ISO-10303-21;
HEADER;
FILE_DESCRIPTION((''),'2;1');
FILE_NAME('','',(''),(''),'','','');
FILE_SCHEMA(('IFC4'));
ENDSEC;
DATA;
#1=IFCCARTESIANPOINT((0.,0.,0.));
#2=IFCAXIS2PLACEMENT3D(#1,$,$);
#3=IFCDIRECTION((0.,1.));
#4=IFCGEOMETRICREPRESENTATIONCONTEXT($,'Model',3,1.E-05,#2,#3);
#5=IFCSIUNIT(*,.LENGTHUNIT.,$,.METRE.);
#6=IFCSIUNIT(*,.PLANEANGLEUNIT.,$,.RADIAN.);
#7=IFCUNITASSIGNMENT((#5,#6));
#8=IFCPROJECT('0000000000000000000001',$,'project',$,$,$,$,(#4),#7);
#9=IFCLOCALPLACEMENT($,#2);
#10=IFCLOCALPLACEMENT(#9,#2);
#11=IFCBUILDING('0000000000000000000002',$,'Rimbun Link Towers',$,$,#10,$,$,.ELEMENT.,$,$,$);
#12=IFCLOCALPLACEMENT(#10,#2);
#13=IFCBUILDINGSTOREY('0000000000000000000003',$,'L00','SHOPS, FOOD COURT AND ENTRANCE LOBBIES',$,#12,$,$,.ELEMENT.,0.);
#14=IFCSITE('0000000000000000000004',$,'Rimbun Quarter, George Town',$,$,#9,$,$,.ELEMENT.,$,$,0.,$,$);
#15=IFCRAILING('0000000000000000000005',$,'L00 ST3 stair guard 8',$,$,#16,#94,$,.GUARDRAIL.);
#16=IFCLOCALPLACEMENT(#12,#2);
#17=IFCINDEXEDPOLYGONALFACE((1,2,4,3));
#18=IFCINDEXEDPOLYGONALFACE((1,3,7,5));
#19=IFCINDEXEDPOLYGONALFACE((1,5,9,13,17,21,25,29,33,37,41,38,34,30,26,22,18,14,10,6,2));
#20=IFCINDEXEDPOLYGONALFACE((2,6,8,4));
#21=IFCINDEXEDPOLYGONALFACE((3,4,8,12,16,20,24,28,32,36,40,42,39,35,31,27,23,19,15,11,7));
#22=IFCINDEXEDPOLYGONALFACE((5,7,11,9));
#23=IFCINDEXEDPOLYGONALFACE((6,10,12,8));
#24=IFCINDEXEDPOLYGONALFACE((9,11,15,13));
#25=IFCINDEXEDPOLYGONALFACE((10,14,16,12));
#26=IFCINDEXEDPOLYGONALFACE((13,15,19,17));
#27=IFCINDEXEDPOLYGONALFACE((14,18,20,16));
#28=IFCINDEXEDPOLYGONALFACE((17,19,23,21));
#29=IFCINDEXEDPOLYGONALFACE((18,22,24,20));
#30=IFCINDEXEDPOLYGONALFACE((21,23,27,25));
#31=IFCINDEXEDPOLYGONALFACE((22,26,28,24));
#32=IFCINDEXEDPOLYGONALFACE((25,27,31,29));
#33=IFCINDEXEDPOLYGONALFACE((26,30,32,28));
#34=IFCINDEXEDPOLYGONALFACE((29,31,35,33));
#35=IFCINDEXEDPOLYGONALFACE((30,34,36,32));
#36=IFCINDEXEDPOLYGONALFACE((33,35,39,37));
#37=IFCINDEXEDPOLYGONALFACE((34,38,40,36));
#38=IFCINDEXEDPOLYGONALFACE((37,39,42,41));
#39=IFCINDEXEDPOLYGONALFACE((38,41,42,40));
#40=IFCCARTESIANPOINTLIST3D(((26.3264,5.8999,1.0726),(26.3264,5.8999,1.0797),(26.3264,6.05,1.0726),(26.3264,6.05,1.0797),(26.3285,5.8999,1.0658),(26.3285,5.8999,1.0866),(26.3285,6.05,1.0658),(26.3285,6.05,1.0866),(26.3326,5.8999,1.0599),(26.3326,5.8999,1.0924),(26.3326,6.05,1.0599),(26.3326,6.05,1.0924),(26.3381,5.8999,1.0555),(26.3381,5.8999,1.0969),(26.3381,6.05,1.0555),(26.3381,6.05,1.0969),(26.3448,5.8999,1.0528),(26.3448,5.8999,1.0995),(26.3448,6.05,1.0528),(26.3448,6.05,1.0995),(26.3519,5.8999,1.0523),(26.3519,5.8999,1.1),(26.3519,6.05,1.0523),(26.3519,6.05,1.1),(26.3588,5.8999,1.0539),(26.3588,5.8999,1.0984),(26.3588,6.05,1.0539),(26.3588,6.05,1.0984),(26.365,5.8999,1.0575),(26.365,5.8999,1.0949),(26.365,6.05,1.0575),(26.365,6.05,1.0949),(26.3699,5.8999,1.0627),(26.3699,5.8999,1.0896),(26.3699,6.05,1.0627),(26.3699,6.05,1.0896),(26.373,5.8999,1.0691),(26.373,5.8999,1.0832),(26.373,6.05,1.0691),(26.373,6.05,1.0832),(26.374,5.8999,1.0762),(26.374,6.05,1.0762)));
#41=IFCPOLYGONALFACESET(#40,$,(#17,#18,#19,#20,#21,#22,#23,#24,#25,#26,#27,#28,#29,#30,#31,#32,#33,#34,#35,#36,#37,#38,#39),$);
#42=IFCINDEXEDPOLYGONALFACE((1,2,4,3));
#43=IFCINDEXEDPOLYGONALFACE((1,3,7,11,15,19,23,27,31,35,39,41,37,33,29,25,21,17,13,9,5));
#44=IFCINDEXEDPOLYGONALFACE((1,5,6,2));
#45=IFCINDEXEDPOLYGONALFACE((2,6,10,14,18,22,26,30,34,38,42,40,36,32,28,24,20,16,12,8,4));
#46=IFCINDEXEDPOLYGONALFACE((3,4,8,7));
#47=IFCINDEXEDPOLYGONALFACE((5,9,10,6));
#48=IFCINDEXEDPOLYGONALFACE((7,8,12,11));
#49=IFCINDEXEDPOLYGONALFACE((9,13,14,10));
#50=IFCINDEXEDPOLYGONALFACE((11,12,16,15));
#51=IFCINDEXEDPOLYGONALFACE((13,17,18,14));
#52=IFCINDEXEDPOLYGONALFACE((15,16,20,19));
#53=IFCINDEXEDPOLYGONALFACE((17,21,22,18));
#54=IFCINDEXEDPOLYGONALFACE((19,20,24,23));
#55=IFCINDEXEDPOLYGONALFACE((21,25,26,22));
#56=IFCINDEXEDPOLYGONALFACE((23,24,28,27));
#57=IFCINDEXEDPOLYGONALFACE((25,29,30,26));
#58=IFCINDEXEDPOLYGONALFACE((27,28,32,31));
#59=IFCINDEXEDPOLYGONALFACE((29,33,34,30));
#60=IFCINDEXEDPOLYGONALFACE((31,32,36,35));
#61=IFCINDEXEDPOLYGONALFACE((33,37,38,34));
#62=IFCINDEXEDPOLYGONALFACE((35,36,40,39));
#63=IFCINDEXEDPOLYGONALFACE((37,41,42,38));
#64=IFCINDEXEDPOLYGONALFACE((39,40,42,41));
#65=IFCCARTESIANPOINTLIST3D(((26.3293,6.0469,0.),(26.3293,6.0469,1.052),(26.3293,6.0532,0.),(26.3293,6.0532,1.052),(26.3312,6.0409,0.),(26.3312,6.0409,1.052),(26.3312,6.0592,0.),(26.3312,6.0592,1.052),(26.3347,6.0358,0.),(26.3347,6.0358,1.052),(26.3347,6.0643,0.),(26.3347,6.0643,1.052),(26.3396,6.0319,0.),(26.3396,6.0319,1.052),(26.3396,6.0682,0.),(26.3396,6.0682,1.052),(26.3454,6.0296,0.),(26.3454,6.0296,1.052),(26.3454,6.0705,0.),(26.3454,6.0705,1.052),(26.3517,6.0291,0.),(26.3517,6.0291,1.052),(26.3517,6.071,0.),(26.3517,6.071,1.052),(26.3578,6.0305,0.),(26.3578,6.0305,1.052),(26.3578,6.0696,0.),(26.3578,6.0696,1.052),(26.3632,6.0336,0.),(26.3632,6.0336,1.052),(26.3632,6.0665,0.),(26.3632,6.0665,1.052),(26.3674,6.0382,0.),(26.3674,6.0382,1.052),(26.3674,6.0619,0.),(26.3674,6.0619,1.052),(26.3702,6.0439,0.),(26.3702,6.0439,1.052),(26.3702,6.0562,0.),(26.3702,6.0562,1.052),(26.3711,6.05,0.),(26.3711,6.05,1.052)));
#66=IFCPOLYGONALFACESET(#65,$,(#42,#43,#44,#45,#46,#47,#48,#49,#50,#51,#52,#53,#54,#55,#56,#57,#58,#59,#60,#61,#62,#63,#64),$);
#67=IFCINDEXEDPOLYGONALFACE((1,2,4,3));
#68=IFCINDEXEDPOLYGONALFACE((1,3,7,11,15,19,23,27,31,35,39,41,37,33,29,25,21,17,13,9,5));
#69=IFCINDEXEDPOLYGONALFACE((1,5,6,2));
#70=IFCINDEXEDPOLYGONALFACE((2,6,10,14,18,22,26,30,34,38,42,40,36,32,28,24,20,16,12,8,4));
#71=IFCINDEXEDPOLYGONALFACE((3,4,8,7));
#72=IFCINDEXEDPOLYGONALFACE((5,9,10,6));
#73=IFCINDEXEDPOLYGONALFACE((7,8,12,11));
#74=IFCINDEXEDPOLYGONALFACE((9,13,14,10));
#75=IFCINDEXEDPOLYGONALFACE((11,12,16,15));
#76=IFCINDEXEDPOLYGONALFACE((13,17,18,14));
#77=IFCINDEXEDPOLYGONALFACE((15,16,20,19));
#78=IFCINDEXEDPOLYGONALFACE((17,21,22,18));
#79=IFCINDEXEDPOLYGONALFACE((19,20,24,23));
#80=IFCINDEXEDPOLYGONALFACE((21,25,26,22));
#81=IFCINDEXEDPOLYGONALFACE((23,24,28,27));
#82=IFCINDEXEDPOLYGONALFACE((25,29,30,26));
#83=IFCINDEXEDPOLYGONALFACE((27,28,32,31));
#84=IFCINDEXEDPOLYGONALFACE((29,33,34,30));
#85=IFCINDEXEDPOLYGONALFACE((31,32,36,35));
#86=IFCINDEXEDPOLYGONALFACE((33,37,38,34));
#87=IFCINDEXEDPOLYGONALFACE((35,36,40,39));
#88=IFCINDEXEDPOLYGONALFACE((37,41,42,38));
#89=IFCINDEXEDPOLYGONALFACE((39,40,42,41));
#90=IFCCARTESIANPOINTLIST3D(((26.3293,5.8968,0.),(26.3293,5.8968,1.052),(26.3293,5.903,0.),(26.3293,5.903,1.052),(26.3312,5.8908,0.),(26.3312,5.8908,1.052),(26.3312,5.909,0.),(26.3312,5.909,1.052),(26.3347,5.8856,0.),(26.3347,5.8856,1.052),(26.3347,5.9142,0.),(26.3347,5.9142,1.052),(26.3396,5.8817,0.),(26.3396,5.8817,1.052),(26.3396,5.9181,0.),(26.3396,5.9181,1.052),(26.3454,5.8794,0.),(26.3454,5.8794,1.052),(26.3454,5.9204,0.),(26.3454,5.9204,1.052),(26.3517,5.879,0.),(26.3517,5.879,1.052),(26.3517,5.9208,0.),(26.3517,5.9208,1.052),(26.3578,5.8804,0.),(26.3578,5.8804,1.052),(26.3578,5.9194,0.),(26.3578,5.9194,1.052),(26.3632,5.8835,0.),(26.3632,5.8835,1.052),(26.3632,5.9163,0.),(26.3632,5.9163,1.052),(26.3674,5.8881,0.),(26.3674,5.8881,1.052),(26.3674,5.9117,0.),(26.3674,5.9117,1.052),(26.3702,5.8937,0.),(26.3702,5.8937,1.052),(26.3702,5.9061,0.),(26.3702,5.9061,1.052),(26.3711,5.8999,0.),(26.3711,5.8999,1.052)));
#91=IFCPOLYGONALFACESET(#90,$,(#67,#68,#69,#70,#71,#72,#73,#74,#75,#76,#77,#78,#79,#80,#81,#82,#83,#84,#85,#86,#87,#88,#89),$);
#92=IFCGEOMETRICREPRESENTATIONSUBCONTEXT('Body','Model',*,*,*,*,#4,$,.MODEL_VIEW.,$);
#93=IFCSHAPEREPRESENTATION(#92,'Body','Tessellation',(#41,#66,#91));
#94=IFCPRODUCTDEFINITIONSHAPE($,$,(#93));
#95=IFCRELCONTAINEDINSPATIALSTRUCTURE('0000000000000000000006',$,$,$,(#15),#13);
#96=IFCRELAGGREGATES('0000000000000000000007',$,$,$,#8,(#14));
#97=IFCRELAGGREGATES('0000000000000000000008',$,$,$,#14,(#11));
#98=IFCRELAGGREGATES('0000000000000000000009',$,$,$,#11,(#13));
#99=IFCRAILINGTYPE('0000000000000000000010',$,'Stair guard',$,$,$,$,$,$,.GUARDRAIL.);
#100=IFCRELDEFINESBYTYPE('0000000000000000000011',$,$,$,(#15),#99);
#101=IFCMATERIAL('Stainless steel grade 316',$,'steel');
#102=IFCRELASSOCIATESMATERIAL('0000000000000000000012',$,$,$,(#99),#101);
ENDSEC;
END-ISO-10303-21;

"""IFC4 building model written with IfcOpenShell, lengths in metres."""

from ifc_helpers import new_model, si_unit, direction, frame, origin, origin_2d, place, context, subcontext, project, spatial, circle, extrude, material, type_object, element, save


model = new_model("IFC4")

# Units and contexts
model_context = context("Model", 3, precision=1e-05, world=origin(), true_north=direction((0.0, 1.0)))
body_context = subcontext(model_context, "Body", "Model", "MODEL_VIEW")
ifc_project = project(units=[si_unit("LENGTHUNIT", "METRE"), si_unit("PLANEANGLEUNIT", "RADIAN")], contexts=[model_context])

# Site, building, storey
site_placement = place(None, origin())
site = spatial("IfcSite", under=ifc_project, at=site_placement, Name="Rimbun Quarter, George Town", CompositionType="ELEMENT", RefElevation=0.0)
building_placement = place(site_placement, origin())
building = spatial("IfcBuilding", under=site, at=building_placement, Name="Rimbun Link Towers", CompositionType="ELEMENT")
storey_placement = place(building_placement, origin())
storey = spatial("IfcBuildingStorey", under=building, at=storey_placement, Name="L00", Description="SHOPS, FOOD COURT AND ENTRANCE LOBBIES", CompositionType="ELEMENT", Elevation=0.0)

# Railing
ifc_material_1 = material(Name="Stainless steel grade 316", Category="steel")
railing_type_1 = type_object("IfcRailingType", Name="Stair guard", PredefinedType="GUARDRAIL", material=ifc_material_1)
railing_1_placement = place(storey_placement, frame((26.3501, 6.05, 0.0)))
element("IfcRailing", 1, at=railing_1_placement, inside=storey, type_object=railing_type_1, Name="L00 ST3 stair guard 8", PredefinedType="GUARDRAIL", context=body_context, shape_type="SweptSolid", body=[
    extrude(circle(Radius=0.0239, at=origin_2d()), frame((0.0, 0.0, 1.0762), z_axis=(0.0, -1.0, 0.0), x_axis=(1.0, 0.0, 0.0)), (0.0, 0.0, 1.0), 0.1501),
    extrude(circle(Radius=0.021, at=origin_2d()), origin(), (0.0, 0.0, 1.0), 1.052),
    extrude(circle(Radius=0.021, at=origin_2d()), frame((0.0, -0.1501, 0.0)), (0.0, 0.0, 1.0), 1.052),
])

save(model, "model.ifc")
